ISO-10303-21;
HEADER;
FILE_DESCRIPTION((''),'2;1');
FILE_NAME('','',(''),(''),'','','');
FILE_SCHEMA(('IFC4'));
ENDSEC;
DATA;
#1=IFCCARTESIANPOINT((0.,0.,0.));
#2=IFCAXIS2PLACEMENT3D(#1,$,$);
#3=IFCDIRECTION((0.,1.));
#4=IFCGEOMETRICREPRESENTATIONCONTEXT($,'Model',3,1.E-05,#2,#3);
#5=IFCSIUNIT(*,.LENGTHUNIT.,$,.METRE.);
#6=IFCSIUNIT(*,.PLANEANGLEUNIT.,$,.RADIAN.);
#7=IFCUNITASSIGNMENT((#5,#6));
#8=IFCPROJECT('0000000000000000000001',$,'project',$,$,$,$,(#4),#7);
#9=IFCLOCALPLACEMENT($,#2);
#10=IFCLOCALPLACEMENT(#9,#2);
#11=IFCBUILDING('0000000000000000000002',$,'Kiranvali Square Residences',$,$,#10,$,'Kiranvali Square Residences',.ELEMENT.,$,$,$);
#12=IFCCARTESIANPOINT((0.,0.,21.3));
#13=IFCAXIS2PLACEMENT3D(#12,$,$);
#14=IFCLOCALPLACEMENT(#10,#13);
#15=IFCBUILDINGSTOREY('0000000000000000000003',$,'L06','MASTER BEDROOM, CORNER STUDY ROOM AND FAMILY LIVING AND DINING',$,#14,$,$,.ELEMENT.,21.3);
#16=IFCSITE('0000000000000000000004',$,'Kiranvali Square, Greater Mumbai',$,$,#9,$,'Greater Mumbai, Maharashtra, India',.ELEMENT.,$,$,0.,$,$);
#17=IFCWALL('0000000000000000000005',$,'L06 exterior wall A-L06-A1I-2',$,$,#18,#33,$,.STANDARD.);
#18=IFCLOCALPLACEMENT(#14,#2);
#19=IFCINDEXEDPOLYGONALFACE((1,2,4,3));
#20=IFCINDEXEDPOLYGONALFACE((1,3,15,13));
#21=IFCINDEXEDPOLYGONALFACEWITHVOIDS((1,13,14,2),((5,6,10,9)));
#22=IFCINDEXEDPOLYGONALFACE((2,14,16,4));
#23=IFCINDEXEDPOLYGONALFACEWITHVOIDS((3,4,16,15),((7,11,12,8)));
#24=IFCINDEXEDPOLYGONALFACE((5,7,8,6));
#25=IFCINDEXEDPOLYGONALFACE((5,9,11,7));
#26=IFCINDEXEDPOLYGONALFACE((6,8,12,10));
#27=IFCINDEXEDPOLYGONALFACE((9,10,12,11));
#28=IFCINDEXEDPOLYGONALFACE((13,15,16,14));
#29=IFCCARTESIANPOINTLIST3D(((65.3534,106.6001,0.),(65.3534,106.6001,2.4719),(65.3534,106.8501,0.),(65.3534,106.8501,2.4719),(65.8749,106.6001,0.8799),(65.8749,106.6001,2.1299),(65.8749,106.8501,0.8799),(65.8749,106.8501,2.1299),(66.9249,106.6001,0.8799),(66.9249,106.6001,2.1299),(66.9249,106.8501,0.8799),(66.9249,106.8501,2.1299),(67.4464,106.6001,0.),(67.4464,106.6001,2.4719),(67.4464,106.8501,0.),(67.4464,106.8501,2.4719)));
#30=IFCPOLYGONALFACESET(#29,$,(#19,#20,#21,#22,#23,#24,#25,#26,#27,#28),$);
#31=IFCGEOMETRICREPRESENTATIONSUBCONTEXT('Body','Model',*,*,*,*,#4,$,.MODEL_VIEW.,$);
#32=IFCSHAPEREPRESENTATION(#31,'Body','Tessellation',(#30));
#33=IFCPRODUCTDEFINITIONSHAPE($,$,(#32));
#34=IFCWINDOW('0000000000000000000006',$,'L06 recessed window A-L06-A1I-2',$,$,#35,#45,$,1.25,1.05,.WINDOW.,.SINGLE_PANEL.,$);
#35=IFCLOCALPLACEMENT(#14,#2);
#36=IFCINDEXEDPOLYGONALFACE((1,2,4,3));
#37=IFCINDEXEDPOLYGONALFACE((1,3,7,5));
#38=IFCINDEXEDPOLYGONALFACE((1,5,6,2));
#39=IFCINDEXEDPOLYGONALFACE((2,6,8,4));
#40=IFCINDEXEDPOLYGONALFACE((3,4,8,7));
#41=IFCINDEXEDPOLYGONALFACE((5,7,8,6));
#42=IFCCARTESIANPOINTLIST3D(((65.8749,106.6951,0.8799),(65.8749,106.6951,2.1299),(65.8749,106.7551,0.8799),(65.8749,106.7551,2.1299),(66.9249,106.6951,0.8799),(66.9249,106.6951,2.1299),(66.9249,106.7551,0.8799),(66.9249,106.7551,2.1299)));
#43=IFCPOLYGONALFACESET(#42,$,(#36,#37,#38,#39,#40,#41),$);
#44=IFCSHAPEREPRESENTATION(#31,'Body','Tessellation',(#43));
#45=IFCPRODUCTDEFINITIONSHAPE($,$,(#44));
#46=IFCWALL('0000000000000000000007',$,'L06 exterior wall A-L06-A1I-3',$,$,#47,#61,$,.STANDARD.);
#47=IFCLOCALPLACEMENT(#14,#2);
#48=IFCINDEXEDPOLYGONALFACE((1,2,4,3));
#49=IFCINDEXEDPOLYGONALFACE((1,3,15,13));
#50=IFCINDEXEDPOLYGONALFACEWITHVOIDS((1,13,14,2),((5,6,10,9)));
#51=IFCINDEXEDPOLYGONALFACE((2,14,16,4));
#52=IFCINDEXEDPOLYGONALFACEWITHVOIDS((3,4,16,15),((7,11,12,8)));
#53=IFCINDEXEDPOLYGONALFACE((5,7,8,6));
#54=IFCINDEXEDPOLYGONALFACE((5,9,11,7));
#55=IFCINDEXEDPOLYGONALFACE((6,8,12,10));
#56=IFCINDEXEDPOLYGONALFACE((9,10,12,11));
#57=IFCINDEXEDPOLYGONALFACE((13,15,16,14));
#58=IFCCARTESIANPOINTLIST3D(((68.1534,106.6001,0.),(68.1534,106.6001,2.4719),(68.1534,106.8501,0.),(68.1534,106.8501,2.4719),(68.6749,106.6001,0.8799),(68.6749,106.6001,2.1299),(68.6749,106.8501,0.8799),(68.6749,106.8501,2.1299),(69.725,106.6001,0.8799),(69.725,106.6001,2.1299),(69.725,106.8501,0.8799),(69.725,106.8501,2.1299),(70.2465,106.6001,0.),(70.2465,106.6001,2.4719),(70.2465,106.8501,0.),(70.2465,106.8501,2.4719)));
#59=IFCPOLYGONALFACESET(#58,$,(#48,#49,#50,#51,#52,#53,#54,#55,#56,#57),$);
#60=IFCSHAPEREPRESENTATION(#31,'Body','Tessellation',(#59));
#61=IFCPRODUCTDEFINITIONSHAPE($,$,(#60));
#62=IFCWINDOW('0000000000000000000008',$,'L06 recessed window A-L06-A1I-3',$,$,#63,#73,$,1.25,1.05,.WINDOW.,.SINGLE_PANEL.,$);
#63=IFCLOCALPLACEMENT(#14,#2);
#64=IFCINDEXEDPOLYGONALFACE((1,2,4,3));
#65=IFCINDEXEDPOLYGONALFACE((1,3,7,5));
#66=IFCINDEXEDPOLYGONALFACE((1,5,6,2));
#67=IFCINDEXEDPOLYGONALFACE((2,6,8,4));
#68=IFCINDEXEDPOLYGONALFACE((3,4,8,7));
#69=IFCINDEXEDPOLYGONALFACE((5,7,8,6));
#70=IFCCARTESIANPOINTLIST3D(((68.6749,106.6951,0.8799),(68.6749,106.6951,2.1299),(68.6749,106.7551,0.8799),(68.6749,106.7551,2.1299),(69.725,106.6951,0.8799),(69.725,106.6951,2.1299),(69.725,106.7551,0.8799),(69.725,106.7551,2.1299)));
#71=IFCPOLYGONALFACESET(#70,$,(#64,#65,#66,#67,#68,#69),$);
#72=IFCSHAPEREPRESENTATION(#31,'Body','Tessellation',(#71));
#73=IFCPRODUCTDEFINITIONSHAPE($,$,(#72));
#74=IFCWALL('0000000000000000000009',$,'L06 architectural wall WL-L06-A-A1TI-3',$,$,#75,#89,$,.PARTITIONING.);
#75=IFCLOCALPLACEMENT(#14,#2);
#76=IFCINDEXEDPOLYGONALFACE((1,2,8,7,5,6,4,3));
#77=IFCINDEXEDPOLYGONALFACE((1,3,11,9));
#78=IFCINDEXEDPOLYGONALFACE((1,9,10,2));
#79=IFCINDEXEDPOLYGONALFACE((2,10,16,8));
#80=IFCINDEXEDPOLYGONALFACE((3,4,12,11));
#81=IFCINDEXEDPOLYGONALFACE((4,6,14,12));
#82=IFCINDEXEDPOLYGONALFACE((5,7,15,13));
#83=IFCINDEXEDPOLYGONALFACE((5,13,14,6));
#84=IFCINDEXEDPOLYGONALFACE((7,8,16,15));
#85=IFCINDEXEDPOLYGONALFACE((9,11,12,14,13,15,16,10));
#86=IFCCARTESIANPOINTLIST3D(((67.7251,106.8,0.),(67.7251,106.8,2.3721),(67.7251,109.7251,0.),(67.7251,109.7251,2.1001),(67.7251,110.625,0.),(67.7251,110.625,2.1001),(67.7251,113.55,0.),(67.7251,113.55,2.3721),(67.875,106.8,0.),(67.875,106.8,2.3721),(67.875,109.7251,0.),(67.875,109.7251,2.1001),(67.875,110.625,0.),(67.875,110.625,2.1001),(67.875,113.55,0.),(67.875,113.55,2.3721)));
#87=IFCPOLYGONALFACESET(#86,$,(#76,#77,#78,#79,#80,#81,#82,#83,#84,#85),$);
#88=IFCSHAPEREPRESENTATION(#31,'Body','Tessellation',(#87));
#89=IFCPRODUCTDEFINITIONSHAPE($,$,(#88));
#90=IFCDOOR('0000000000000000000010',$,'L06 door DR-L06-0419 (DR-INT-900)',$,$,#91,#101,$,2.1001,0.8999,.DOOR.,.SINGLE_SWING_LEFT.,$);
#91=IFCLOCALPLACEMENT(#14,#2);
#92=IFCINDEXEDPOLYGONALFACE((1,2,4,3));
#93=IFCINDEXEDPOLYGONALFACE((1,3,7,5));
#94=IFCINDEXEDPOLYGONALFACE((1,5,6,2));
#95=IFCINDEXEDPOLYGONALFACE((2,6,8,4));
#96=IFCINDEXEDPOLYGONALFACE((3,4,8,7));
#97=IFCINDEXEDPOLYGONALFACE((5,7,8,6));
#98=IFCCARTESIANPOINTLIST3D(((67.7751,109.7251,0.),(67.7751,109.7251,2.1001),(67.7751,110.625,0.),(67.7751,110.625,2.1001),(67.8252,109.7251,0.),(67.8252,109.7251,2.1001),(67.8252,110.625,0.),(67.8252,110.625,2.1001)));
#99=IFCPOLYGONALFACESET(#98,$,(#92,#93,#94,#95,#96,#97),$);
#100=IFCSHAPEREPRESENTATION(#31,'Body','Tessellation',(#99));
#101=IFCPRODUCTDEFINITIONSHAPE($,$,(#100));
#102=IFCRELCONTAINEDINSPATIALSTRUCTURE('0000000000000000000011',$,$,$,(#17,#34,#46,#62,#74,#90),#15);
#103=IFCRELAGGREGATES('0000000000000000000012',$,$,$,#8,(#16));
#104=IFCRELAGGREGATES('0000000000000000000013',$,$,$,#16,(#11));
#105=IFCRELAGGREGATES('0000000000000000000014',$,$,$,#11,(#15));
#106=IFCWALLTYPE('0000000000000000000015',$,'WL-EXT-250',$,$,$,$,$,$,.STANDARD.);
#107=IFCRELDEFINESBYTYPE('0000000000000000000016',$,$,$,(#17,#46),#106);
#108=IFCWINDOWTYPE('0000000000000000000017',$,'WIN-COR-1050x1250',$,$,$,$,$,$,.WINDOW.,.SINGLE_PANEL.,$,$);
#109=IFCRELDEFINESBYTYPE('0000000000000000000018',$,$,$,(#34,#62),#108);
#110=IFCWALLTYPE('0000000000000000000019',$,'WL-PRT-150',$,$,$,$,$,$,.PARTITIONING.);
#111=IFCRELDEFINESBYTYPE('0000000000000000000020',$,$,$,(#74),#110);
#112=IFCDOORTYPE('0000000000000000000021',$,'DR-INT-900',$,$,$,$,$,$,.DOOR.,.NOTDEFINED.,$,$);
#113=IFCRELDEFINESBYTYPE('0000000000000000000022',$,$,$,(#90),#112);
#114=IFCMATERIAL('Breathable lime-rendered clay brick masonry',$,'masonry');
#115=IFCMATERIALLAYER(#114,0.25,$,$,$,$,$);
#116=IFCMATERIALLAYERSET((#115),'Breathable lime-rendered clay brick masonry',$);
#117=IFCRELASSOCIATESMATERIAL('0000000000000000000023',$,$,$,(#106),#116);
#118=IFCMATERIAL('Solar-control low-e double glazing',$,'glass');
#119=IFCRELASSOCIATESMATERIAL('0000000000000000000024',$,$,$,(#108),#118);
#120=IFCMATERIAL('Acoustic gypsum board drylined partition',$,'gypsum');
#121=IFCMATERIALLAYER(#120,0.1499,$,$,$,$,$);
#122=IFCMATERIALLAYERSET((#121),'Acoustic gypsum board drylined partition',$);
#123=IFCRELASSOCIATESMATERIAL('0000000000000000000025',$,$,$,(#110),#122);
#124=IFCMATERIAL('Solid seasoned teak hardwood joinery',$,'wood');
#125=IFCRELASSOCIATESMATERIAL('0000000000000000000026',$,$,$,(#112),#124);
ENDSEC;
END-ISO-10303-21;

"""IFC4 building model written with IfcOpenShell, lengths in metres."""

from ifc_helpers import new_model, si_unit, direction, frame, frame_2d, origin, place, context, subcontext, project, spatial, rectangle, extrude, material, layer, layer_set, type_object, element, fill, save


model = new_model("IFC4")

# Units and contexts
model_context = context("Model", 3, precision=1e-05, world=origin(), true_north=direction((0.0, 1.0)))
body_context = subcontext(model_context, "Body", "Model", "MODEL_VIEW")
ifc_project = project(units=[si_unit("LENGTHUNIT", "METRE"), si_unit("PLANEANGLEUNIT", "RADIAN")], contexts=[model_context])

# Site, building, storey
site_placement = place(None, origin())
site = spatial("IfcSite", under=ifc_project, at=site_placement, Name="Kiranvali Square, Greater Mumbai", LongName="Greater Mumbai, Maharashtra, India", CompositionType="ELEMENT", RefElevation=0.0)
building_placement = place(site_placement, origin())
building = spatial("IfcBuilding", under=site, at=building_placement, Name="Kiranvali Square Residences", LongName="Kiranvali Square Residences", CompositionType="ELEMENT")
storey_placement = place(building_placement, frame((0.0, 0.0, 21.3)))
storey = spatial("IfcBuildingStorey", under=building, at=storey_placement, Name="L06", Description="MASTER BEDROOM, CORNER STUDY ROOM AND FAMILY LIVING AND DINING", CompositionType="ELEMENT", Elevation=21.3)

# Walls, openings, windows
ifc_material_1 = material(Name="Breathable lime-rendered clay brick masonry", Category="masonry")
ifc_layer_1 = layer(ifc_material_1, 0.25)
ifc_layer_set_1 = layer_set([ifc_layer_1], Name="Breathable lime-rendered clay brick masonry")
wall_type_1 = type_object("IfcWallType", Name="WL-EXT-250", PredefinedType="STANDARD", material=ifc_layer_set_1)
ifc_material_2 = material(Name="Solar-control low-e double glazing", Category="glass")
window_type = type_object("IfcWindowType", Name="WIN-COR-1050x1250", PartitioningType="SINGLE_PANEL", PredefinedType="WINDOW", material=ifc_material_2)
wall_1_placement = place(storey_placement, frame((65.3535, 106.7251, 0.0), z_axis=(0.0, 0.0, 1.0), x_axis=(1.0, 0.0, 0.0)))
wall_1 = element("IfcWall", 1, at=wall_1_placement, inside=storey, type_object=wall_type_1, Name="L06 exterior wall A-L06-A1I-2", PredefinedType="STANDARD", context=body_context, shape_type="SweptSolid", body=[
    extrude(rectangle(XDim=2.093, YDim=0.25, at=frame_2d((1.0464, 0.0))), origin(), (0.0, 0.0, 1.0), 2.4719),
])
opening_1_placement = place(wall_1_placement, frame((0.5215, 0.0, 0.8799)))
opening_1 = element("IfcOpeningElement", 2, at=opening_1_placement, cuts=wall_1, PredefinedType="OPENING", context=body_context, shape_type="SweptSolid", body=[
    extrude(rectangle(XDim=1.05, YDim=1.25, at=frame_2d((0.5249, 0.625))), frame((0.0, 0.135, 0.0), z_axis=(0.0, -1.0, 0.0), x_axis=(1.0, 0.0, 0.0)), (0.0, 0.0, 1.0), 0.27),
])
window_1_placement = place(opening_1_placement, origin())
window_1 = element("IfcWindow", 3, at=window_1_placement, inside=storey, type_object=window_type, Name="L06 recessed window A-L06-A1I-2", OverallHeight=1.25, OverallWidth=1.05, PartitioningType="SINGLE_PANEL", PredefinedType="WINDOW", context=body_context, shape_type="SweptSolid", body=[
    extrude(rectangle(XDim=1.05, YDim=1.25, at=frame_2d((0.5249, 0.625))), frame((0.0, 0.03, 0.0), z_axis=(0.0, -1.0, 0.0), x_axis=(1.0, 0.0, 0.0)), (0.0, 0.0, 1.0), 0.0601),
])
fill(opening_1, window_1)
wall_2_placement = place(storey_placement, frame((68.1536, 106.7251, 0.0), z_axis=(0.0, 0.0, 1.0), x_axis=(1.0, 0.0, 0.0)))
wall_2 = element("IfcWall", 4, at=wall_2_placement, inside=storey, type_object=wall_type_1, Name="L06 exterior wall A-L06-A1I-3", PredefinedType="STANDARD", context=body_context, shape_type="SweptSolid", body=[
    extrude(rectangle(XDim=2.093, YDim=0.25, at=frame_2d((1.0464, 0.0))), origin(), (0.0, 0.0, 1.0), 2.4719),
])
opening_2_placement = place(wall_2_placement, frame((0.5215, 0.0, 0.8799)))
opening_2 = element("IfcOpeningElement", 5, at=opening_2_placement, cuts=wall_2, PredefinedType="OPENING", context=body_context, shape_type="SweptSolid", body=[
    extrude(rectangle(XDim=1.05, YDim=1.25, at=frame_2d((0.5249, 0.625))), frame((0.0, 0.135, 0.0), z_axis=(0.0, -1.0, 0.0), x_axis=(1.0, 0.0, 0.0)), (0.0, 0.0, 1.0), 0.27),
])
window_2_placement = place(opening_2_placement, origin())
window_2 = element("IfcWindow", 6, at=window_2_placement, inside=storey, type_object=window_type, Name="L06 recessed window A-L06-A1I-3", OverallHeight=1.25, OverallWidth=1.05, PartitioningType="SINGLE_PANEL", PredefinedType="WINDOW", context=body_context, shape_type="SweptSolid", body=[
    extrude(rectangle(XDim=1.05, YDim=1.25, at=frame_2d((0.5249, 0.625))), frame((0.0, 0.03, 0.0), z_axis=(0.0, -1.0, 0.0), x_axis=(1.0, 0.0, 0.0)), (0.0, 0.0, 1.0), 0.0601),
])
fill(opening_2, window_2)

# Wall, opening, door
ifc_material_3 = material(Name="Acoustic gypsum board drylined partition", Category="gypsum")
ifc_layer_2 = layer(ifc_material_3, 0.1499)
ifc_layer_set_2 = layer_set([ifc_layer_2], Name="Acoustic gypsum board drylined partition")
wall_type_2 = type_object("IfcWallType", Name="WL-PRT-150", PredefinedType="PARTITIONING", material=ifc_layer_set_2)
wall_3_placement = place(storey_placement, frame((67.8, 106.8, 0.0), z_axis=(0.0, 0.0, 1.0), x_axis=(0.0, 1.0, 0.0)))
wall_3 = element("IfcWall", 7, at=wall_3_placement, inside=storey, type_object=wall_type_2, Name="L06 architectural wall WL-L06-A-A1TI-3", PredefinedType="PARTITIONING", context=body_context, shape_type="SweptSolid", body=[
    extrude(rectangle(XDim=6.75, YDim=0.1499, at=frame_2d((3.375, 0.0))), origin(), (0.0, 0.0, 1.0), 2.3721),
])
opening_3_placement = place(wall_3_placement, frame((2.925, 0.0, 0.0)))
opening_3 = element("IfcOpeningElement", 8, at=opening_3_placement, cuts=wall_3, PredefinedType="OPENING", context=body_context, shape_type="SweptSolid", body=[
    extrude(rectangle(XDim=0.8999, YDim=2.1001, at=frame_2d((0.45, 1.05))), frame((0.0, 0.085, 0.0), z_axis=(0.0, -1.0, 0.0), x_axis=(1.0, 0.0, 0.0)), (0.0, 0.0, 1.0), 0.1699),
])
ifc_material_4 = material(Name="Solid seasoned teak hardwood joinery", Category="wood")
door_type_1 = type_object("IfcDoorType", Name="DR-INT-900", OperationType="NOTDEFINED", PredefinedType="DOOR", material=ifc_material_4)
door_1_placement = place(opening_3_placement, origin())
door_1 = element("IfcDoor", 9, at=door_1_placement, inside=storey, type_object=door_type_1, Name="L06 door DR-L06-0419 (DR-INT-900)", OperationType="SINGLE_SWING_LEFT", OverallHeight=2.1001, OverallWidth=0.8999, PredefinedType="DOOR", context=body_context, shape_type="SweptSolid", body=[
    extrude(rectangle(XDim=0.8999, YDim=2.1001, at=frame_2d((0.45, 1.05))), frame((0.0, 0.0249, 0.0), z_axis=(0.0, -1.0, 0.0), x_axis=(1.0, 0.0, 0.0)), (0.0, 0.0, 1.0), 0.05),
])
fill(opening_3, door_1)

save(model, "model.ifc")
